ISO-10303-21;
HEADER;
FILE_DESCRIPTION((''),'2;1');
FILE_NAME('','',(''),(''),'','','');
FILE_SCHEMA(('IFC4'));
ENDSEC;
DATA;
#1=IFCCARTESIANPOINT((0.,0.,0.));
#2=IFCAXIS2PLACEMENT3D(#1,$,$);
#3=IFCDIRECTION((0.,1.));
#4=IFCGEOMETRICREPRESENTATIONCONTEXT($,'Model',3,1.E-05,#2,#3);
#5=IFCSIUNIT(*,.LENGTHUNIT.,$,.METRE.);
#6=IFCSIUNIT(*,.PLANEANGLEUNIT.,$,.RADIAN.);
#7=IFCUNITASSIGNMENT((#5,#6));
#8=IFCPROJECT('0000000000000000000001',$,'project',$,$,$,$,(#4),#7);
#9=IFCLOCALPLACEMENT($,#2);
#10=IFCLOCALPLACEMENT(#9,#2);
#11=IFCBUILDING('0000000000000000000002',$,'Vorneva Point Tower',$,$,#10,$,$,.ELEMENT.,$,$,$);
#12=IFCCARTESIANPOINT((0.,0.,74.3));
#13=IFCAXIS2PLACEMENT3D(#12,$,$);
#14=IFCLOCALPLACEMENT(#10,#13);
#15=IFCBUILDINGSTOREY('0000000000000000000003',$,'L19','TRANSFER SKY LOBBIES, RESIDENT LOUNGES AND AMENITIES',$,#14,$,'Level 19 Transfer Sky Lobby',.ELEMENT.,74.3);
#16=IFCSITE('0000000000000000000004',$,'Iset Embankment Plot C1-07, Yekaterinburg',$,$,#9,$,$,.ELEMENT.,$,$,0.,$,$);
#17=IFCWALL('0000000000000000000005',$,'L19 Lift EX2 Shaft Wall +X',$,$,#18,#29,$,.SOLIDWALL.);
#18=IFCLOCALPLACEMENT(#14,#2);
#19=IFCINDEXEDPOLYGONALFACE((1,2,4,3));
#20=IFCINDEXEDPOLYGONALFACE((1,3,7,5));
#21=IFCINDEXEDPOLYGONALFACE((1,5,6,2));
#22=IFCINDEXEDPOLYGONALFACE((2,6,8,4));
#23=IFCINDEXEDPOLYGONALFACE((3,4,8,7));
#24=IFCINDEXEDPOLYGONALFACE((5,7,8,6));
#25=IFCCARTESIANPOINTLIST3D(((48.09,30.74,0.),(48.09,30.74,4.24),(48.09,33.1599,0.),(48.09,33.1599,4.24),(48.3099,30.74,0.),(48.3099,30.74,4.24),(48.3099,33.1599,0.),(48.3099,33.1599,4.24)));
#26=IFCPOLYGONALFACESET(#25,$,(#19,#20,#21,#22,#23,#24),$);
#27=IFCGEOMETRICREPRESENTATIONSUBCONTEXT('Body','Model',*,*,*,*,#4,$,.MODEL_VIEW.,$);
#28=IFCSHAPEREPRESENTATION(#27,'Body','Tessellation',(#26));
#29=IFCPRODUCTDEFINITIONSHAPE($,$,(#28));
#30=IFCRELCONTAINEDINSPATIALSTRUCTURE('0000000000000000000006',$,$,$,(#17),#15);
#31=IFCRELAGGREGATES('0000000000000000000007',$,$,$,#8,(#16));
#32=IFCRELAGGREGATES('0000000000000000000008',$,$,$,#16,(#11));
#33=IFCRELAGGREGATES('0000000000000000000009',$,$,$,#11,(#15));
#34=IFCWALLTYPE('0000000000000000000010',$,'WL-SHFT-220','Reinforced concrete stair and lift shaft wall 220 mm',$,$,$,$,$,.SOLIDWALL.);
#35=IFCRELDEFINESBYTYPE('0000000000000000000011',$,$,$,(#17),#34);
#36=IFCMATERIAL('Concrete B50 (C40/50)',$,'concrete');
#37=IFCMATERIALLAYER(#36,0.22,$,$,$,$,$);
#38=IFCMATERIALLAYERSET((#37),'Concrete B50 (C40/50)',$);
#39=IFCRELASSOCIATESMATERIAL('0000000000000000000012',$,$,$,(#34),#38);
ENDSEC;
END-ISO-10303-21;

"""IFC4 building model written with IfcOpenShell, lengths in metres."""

from ifc_helpers import new_model, si_unit, direction, frame, frame_2d, origin, place, context, subcontext, project, spatial, rectangle, extrude, material, layer, layer_set, type_object, element, save


model = new_model("IFC4")

# Units and contexts
model_context = context("Model", 3, precision=1e-05, world=origin(), true_north=direction((0.0, 1.0)))
body_context = subcontext(model_context, "Body", "Model", "MODEL_VIEW")
ifc_project = project(units=[si_unit("LENGTHUNIT", "METRE"), si_unit("PLANEANGLEUNIT", "RADIAN")], contexts=[model_context])

# Site, building, storey
site_placement = place(None, origin())
site = spatial("IfcSite", under=ifc_project, at=site_placement, Name="Iset Embankment Plot C1-07, Yekaterinburg", CompositionType="ELEMENT", RefElevation=0.0)
building_placement = place(site_placement, origin())
building = spatial("IfcBuilding", under=site, at=building_placement, Name="Vorneva Point Tower", CompositionType="ELEMENT")
storey_placement = place(building_placement, frame((0.0, 0.0, 74.3)))
storey = spatial("IfcBuildingStorey", under=building, at=storey_placement, Name="L19", Description="TRANSFER SKY LOBBIES, RESIDENT LOUNGES AND AMENITIES", LongName="Level 19 Transfer Sky Lobby", CompositionType="ELEMENT", Elevation=74.3)

# Wall
ifc_material_1 = material(Name="Concrete B50 (C40/50)", Category="concrete")
ifc_layer_1 = layer(ifc_material_1, 0.22)
ifc_layer_set_1 = layer_set([ifc_layer_1], Name="Concrete B50 (C40/50)")
wall_type_1 = type_object("IfcWallType", Name="WL-SHFT-220", Description="Reinforced concrete stair and lift shaft wall 220 mm", PredefinedType="SOLIDWALL", material=ifc_layer_set_1)
wall_1_placement = place(storey_placement, frame((48.2, 30.74, 0.0), z_axis=(0.0, 0.0, 1.0), x_axis=(0.0, 1.0, 0.0)))
element("IfcWall", 1, at=wall_1_placement, inside=storey, type_object=wall_type_1, Name="L19 Lift EX2 Shaft Wall +X", PredefinedType="SOLIDWALL", context=body_context, shape_type="SweptSolid", body=[
    extrude(rectangle(XDim=2.4199, YDim=0.22, at=frame_2d((1.21, 0.0))), origin(), (0.0, 0.0, 1.0), 4.24),
])

save(model, "model.ifc")
